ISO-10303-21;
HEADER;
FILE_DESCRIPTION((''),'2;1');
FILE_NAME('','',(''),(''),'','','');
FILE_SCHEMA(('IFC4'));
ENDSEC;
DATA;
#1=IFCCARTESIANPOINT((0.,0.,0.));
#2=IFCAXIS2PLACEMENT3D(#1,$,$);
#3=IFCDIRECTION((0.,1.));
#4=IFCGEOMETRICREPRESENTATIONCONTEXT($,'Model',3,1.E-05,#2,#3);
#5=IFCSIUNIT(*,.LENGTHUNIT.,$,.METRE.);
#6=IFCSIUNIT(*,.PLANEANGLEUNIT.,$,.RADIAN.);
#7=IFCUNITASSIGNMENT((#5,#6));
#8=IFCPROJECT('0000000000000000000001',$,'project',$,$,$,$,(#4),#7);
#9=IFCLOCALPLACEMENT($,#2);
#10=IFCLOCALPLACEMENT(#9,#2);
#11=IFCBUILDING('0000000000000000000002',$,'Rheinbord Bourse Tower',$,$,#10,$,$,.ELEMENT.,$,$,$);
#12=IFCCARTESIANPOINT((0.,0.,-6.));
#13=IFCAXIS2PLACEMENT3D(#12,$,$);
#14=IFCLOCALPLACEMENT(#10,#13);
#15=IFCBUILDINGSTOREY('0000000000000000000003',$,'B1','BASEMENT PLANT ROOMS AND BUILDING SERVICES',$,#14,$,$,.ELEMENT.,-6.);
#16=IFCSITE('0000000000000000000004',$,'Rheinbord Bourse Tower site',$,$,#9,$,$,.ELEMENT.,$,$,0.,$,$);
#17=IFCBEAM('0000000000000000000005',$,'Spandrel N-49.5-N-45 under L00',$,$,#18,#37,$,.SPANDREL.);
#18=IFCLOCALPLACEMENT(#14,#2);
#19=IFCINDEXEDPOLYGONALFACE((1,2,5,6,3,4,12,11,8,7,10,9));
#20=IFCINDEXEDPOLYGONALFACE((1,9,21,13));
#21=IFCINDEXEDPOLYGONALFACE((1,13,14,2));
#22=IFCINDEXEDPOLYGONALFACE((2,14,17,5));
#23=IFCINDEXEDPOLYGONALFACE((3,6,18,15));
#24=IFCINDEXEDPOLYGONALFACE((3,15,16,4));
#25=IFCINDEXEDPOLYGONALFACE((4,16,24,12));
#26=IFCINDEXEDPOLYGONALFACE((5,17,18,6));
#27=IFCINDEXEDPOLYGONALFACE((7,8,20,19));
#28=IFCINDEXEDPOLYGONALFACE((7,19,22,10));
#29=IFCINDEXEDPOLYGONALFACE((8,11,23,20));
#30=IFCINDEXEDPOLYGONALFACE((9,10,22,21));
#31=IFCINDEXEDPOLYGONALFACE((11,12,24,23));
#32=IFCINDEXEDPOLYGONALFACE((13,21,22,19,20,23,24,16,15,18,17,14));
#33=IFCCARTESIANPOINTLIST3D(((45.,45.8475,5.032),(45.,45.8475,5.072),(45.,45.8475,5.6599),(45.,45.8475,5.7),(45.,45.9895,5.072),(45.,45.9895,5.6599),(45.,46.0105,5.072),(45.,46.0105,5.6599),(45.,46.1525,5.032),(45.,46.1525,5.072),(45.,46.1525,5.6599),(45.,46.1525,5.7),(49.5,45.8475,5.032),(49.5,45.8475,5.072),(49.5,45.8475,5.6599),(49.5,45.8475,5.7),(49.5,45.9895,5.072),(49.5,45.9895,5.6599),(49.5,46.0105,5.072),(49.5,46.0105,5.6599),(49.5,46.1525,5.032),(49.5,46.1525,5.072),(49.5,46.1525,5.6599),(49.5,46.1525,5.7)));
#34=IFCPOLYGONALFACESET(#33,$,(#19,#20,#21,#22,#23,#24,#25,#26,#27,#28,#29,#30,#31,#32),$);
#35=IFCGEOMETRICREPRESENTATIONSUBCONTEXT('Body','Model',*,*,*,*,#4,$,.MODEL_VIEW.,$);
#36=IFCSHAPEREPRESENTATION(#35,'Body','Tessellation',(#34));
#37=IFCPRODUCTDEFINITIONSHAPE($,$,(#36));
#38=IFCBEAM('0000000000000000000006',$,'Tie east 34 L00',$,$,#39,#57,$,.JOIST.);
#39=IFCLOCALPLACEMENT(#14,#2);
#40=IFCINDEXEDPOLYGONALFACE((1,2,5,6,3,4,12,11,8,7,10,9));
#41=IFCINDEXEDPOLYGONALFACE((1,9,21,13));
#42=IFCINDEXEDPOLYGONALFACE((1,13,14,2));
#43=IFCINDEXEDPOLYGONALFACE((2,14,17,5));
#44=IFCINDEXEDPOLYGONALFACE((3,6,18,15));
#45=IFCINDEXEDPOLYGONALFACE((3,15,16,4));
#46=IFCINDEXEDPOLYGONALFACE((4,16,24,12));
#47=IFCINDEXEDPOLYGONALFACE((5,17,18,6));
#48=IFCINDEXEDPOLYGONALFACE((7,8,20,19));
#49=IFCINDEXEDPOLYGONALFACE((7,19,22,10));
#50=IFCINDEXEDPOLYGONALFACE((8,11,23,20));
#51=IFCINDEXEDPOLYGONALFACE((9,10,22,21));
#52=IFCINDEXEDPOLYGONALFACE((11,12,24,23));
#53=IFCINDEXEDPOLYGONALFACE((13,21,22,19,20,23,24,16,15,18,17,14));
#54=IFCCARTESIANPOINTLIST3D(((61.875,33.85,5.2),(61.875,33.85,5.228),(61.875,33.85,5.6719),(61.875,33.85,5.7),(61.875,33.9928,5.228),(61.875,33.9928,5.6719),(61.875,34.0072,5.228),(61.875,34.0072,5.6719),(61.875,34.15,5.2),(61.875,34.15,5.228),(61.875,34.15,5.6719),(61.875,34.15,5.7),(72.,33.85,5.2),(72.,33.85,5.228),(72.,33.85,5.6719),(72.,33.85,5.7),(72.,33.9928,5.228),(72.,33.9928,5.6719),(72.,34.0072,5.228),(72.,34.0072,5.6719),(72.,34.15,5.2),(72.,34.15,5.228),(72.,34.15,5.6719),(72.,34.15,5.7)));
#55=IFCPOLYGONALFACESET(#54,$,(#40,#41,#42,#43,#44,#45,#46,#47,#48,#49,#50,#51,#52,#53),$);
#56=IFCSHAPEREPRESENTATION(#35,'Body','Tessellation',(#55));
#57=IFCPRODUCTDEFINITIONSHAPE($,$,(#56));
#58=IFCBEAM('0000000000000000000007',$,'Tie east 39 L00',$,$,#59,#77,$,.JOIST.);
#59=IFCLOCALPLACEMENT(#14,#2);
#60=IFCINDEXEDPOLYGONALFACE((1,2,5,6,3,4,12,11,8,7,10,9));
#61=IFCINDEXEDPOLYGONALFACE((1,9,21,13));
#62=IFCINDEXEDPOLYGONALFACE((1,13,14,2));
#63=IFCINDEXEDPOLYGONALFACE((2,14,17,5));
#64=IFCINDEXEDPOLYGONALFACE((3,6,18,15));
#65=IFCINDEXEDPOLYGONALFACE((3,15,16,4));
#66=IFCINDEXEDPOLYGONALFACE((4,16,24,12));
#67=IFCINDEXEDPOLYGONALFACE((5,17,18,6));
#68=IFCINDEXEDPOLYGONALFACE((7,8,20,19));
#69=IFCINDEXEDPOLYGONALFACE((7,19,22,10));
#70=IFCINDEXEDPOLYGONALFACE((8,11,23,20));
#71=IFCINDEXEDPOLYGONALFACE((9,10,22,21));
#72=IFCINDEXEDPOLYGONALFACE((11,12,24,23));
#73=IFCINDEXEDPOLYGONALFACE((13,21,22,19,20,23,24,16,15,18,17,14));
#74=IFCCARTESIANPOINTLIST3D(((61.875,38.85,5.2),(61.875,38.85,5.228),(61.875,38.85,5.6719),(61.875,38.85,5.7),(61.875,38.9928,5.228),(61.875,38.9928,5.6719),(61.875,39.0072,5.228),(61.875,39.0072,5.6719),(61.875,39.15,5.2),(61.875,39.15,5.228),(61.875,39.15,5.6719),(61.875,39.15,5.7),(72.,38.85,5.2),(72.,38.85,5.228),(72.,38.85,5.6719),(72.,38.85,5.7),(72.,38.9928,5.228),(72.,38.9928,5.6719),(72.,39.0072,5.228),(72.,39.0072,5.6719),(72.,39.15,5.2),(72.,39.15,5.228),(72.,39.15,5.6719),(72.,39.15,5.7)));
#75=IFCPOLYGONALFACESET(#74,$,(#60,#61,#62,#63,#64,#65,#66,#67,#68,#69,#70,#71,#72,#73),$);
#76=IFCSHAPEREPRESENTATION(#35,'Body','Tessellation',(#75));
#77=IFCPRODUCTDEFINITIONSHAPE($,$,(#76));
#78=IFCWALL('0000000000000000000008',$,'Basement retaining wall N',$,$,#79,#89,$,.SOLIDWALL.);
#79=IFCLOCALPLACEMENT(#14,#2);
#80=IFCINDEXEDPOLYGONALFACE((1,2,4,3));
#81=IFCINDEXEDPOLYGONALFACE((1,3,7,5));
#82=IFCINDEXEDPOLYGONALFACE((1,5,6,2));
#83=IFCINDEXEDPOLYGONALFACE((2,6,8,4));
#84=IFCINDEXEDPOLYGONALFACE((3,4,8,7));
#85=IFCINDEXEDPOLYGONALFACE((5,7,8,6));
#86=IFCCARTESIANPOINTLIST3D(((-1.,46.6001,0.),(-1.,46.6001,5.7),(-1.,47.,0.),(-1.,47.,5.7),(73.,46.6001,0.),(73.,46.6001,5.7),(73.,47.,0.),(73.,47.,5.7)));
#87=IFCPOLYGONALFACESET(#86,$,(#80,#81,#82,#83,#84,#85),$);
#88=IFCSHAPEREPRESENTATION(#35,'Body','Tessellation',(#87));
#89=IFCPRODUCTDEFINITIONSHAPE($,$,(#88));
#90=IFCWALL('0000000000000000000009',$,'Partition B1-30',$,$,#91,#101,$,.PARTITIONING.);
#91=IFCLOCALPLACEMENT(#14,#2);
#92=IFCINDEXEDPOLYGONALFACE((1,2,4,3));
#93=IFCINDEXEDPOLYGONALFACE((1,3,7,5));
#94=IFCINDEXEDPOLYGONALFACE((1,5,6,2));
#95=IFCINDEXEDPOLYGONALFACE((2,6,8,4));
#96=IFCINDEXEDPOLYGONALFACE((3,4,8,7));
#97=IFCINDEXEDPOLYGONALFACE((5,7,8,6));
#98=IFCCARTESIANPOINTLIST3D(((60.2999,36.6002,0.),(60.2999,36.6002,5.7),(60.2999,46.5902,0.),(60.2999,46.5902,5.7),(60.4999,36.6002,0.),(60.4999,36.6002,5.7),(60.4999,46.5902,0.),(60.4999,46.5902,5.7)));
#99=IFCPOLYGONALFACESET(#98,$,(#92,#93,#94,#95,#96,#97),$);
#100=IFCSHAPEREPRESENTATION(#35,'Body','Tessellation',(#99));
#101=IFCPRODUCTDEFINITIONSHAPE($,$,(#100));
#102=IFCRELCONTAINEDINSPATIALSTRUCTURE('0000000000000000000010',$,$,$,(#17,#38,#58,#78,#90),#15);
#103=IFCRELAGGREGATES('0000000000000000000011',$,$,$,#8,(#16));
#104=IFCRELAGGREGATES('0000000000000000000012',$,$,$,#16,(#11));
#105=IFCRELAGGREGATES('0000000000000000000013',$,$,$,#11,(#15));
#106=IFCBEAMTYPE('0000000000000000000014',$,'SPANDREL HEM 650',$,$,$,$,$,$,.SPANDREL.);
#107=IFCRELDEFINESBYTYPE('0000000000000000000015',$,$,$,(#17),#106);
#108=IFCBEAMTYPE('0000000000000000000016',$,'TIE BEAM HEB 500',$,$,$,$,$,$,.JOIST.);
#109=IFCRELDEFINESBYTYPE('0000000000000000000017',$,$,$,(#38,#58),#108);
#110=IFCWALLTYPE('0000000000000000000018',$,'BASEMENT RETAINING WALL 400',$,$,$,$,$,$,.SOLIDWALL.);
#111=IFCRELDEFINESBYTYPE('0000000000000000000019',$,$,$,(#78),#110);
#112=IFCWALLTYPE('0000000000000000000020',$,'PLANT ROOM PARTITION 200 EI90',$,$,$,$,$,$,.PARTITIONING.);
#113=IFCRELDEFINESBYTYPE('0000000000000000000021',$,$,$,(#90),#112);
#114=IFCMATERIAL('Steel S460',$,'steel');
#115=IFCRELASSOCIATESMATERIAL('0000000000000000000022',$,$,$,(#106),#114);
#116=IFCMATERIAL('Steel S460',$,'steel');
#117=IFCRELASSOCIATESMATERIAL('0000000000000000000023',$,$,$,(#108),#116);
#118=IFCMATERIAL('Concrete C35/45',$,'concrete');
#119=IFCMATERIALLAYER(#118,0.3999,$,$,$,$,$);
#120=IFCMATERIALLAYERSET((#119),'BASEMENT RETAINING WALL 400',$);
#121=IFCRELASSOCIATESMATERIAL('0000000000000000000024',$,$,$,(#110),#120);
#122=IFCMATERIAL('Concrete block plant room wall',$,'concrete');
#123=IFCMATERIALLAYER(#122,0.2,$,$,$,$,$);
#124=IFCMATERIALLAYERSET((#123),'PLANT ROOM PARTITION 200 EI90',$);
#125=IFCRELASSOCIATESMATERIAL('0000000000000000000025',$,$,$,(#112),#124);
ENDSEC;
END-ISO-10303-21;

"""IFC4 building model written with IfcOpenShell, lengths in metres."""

from ifc_helpers import new_model, si_unit, direction, frame, frame_2d, origin, origin_2d, place, context, subcontext, project, spatial, rectangle, i_section, extrude, material, layer, layer_set, material_profile, profile_set, type_object, element, save


model = new_model("IFC4")

# Units and contexts
model_context = context("Model", 3, precision=1e-05, world=origin(), true_north=direction((0.0, 1.0)))
body_context = subcontext(model_context, "Body", "Model", "MODEL_VIEW")
ifc_project = project(units=[si_unit("LENGTHUNIT", "METRE"), si_unit("PLANEANGLEUNIT", "RADIAN")], contexts=[model_context])

# Site, building, storey
site_placement = place(None, origin())
site = spatial("IfcSite", under=ifc_project, at=site_placement, Name="Rheinbord Bourse Tower site", CompositionType="ELEMENT", RefElevation=0.0)
building_placement = place(site_placement, origin())
building = spatial("IfcBuilding", under=site, at=building_placement, Name="Rheinbord Bourse Tower", CompositionType="ELEMENT")
storey_placement = place(building_placement, frame((0.0, 0.0, -6.0)))
storey = spatial("IfcBuildingStorey", under=building, at=storey_placement, Name="B1", Description="BASEMENT PLANT ROOMS AND BUILDING SERVICES", CompositionType="ELEMENT", Elevation=-6.0)

# Beams
ifc_material_1 = material(Name="Steel S460", Category="steel")
ifc_material_profile_1 = material_profile(ifc_material_1, i_section(OverallWidth=0.3049, OverallDepth=0.668, WebThickness=0.021, FlangeThickness=0.04, at=origin_2d()), Name="HEM 650")
ifc_profile_set_1 = profile_set([ifc_material_profile_1], Name="Steel S460")
beam_type_1 = type_object("IfcBeamType", Name="SPANDREL HEM 650", PredefinedType="SPANDREL", material=ifc_profile_set_1)
for number, where, z_axis, x_axis, name in (
    (1, (49.5, 46.0, 5.366), (-1.0, 0.0, 0.0), (0.0, -1.0, 0.0), "Spandrel N-49.5-N-45 under L00"),
):
    element("IfcBeam", number, at=place(storey_placement, frame(where, z_axis=z_axis, x_axis=x_axis)), inside=storey, type_object=beam_type_1, Name=name, PredefinedType="SPANDREL", context=body_context, shape_type="SweptSolid", body=[
        extrude(i_section(OverallWidth=0.3049, OverallDepth=0.668, WebThickness=0.021, FlangeThickness=0.04, at=origin_2d()), origin(), (0.0, 0.0, 1.0), 4.5),
    ])
ifc_material_2 = material(Name="Steel S460", Category="steel")
ifc_material_profile_2 = material_profile(ifc_material_2, i_section(OverallWidth=0.3, OverallDepth=0.5, WebThickness=0.0144, FlangeThickness=0.0281, at=origin_2d()), Name="HEB 500")
ifc_profile_set_2 = profile_set([ifc_material_profile_2], Name="Steel S460")
beam_type_2 = type_object("IfcBeamType", Name="TIE BEAM HEB 500", PredefinedType="JOIST", material=ifc_profile_set_2)
for number, where, z_axis, x_axis, name in (
    (2, (61.875, 34.0, 5.45), (1.0, 0.0, 0.0), (0.0, 1.0, 0.0), "Tie east 34 L00"),
    (3, (61.875, 39.0, 5.45), (1.0, 0.0, 0.0), (0.0, 1.0, 0.0), "Tie east 39 L00"),
):
    element("IfcBeam", number, at=place(storey_placement, frame(where, z_axis=z_axis, x_axis=x_axis)), inside=storey, type_object=beam_type_2, Name=name, PredefinedType="JOIST", context=body_context, shape_type="SweptSolid", body=[
        extrude(i_section(OverallWidth=0.3, OverallDepth=0.5, WebThickness=0.0144, FlangeThickness=0.0281, at=origin_2d()), origin(), (0.0, 0.0, 1.0), 10.125),
    ])

# Walls
ifc_material_3 = material(Name="Concrete C35/45", Category="concrete")
ifc_layer_1 = layer(ifc_material_3, 0.3999)
ifc_layer_set_1 = layer_set([ifc_layer_1], Name="BASEMENT RETAINING WALL 400")
wall_type_1 = type_object("IfcWallType", Name="BASEMENT RETAINING WALL 400", PredefinedType="SOLIDWALL", material=ifc_layer_set_1)
wall_1_placement = place(storey_placement, frame((73.0, 46.8, 0.0), z_axis=(0.0, 0.0, 1.0), x_axis=(-1.0, 0.0, 0.0)))
element("IfcWall", 4, at=wall_1_placement, inside=storey, type_object=wall_type_1, Name="Basement retaining wall N", PredefinedType="SOLIDWALL", context=body_context, shape_type="SweptSolid", body=[
    extrude(rectangle(XDim=74.0, YDim=0.3999, at=frame_2d((37.0, 0.0))), origin(), (0.0, 0.0, 1.0), 5.7),
])
ifc_material_4 = material(Name="Concrete block plant room wall", Category="concrete")
ifc_layer_2 = layer(ifc_material_4, 0.2)
ifc_layer_set_2 = layer_set([ifc_layer_2], Name="PLANT ROOM PARTITION 200 EI90")
wall_type_2 = type_object("IfcWallType", Name="PLANT ROOM PARTITION 200 EI90", PredefinedType="PARTITIONING", material=ifc_layer_set_2)
wall_2_placement = place(storey_placement, frame((60.3999, 36.6001, 0.0), z_axis=(0.0, 0.0, 1.0), x_axis=(0.0, 1.0, 0.0)))
element("IfcWall", 5, at=wall_2_placement, inside=storey, type_object=wall_type_2, Name="Partition B1-30", PredefinedType="PARTITIONING", context=body_context, shape_type="SweptSolid", body=[
    extrude(rectangle(XDim=9.99, YDim=0.2, at=frame_2d((4.9951, 0.0))), origin(), (0.0, 0.0, 1.0), 5.7),
])

save(model, "model.ifc")
